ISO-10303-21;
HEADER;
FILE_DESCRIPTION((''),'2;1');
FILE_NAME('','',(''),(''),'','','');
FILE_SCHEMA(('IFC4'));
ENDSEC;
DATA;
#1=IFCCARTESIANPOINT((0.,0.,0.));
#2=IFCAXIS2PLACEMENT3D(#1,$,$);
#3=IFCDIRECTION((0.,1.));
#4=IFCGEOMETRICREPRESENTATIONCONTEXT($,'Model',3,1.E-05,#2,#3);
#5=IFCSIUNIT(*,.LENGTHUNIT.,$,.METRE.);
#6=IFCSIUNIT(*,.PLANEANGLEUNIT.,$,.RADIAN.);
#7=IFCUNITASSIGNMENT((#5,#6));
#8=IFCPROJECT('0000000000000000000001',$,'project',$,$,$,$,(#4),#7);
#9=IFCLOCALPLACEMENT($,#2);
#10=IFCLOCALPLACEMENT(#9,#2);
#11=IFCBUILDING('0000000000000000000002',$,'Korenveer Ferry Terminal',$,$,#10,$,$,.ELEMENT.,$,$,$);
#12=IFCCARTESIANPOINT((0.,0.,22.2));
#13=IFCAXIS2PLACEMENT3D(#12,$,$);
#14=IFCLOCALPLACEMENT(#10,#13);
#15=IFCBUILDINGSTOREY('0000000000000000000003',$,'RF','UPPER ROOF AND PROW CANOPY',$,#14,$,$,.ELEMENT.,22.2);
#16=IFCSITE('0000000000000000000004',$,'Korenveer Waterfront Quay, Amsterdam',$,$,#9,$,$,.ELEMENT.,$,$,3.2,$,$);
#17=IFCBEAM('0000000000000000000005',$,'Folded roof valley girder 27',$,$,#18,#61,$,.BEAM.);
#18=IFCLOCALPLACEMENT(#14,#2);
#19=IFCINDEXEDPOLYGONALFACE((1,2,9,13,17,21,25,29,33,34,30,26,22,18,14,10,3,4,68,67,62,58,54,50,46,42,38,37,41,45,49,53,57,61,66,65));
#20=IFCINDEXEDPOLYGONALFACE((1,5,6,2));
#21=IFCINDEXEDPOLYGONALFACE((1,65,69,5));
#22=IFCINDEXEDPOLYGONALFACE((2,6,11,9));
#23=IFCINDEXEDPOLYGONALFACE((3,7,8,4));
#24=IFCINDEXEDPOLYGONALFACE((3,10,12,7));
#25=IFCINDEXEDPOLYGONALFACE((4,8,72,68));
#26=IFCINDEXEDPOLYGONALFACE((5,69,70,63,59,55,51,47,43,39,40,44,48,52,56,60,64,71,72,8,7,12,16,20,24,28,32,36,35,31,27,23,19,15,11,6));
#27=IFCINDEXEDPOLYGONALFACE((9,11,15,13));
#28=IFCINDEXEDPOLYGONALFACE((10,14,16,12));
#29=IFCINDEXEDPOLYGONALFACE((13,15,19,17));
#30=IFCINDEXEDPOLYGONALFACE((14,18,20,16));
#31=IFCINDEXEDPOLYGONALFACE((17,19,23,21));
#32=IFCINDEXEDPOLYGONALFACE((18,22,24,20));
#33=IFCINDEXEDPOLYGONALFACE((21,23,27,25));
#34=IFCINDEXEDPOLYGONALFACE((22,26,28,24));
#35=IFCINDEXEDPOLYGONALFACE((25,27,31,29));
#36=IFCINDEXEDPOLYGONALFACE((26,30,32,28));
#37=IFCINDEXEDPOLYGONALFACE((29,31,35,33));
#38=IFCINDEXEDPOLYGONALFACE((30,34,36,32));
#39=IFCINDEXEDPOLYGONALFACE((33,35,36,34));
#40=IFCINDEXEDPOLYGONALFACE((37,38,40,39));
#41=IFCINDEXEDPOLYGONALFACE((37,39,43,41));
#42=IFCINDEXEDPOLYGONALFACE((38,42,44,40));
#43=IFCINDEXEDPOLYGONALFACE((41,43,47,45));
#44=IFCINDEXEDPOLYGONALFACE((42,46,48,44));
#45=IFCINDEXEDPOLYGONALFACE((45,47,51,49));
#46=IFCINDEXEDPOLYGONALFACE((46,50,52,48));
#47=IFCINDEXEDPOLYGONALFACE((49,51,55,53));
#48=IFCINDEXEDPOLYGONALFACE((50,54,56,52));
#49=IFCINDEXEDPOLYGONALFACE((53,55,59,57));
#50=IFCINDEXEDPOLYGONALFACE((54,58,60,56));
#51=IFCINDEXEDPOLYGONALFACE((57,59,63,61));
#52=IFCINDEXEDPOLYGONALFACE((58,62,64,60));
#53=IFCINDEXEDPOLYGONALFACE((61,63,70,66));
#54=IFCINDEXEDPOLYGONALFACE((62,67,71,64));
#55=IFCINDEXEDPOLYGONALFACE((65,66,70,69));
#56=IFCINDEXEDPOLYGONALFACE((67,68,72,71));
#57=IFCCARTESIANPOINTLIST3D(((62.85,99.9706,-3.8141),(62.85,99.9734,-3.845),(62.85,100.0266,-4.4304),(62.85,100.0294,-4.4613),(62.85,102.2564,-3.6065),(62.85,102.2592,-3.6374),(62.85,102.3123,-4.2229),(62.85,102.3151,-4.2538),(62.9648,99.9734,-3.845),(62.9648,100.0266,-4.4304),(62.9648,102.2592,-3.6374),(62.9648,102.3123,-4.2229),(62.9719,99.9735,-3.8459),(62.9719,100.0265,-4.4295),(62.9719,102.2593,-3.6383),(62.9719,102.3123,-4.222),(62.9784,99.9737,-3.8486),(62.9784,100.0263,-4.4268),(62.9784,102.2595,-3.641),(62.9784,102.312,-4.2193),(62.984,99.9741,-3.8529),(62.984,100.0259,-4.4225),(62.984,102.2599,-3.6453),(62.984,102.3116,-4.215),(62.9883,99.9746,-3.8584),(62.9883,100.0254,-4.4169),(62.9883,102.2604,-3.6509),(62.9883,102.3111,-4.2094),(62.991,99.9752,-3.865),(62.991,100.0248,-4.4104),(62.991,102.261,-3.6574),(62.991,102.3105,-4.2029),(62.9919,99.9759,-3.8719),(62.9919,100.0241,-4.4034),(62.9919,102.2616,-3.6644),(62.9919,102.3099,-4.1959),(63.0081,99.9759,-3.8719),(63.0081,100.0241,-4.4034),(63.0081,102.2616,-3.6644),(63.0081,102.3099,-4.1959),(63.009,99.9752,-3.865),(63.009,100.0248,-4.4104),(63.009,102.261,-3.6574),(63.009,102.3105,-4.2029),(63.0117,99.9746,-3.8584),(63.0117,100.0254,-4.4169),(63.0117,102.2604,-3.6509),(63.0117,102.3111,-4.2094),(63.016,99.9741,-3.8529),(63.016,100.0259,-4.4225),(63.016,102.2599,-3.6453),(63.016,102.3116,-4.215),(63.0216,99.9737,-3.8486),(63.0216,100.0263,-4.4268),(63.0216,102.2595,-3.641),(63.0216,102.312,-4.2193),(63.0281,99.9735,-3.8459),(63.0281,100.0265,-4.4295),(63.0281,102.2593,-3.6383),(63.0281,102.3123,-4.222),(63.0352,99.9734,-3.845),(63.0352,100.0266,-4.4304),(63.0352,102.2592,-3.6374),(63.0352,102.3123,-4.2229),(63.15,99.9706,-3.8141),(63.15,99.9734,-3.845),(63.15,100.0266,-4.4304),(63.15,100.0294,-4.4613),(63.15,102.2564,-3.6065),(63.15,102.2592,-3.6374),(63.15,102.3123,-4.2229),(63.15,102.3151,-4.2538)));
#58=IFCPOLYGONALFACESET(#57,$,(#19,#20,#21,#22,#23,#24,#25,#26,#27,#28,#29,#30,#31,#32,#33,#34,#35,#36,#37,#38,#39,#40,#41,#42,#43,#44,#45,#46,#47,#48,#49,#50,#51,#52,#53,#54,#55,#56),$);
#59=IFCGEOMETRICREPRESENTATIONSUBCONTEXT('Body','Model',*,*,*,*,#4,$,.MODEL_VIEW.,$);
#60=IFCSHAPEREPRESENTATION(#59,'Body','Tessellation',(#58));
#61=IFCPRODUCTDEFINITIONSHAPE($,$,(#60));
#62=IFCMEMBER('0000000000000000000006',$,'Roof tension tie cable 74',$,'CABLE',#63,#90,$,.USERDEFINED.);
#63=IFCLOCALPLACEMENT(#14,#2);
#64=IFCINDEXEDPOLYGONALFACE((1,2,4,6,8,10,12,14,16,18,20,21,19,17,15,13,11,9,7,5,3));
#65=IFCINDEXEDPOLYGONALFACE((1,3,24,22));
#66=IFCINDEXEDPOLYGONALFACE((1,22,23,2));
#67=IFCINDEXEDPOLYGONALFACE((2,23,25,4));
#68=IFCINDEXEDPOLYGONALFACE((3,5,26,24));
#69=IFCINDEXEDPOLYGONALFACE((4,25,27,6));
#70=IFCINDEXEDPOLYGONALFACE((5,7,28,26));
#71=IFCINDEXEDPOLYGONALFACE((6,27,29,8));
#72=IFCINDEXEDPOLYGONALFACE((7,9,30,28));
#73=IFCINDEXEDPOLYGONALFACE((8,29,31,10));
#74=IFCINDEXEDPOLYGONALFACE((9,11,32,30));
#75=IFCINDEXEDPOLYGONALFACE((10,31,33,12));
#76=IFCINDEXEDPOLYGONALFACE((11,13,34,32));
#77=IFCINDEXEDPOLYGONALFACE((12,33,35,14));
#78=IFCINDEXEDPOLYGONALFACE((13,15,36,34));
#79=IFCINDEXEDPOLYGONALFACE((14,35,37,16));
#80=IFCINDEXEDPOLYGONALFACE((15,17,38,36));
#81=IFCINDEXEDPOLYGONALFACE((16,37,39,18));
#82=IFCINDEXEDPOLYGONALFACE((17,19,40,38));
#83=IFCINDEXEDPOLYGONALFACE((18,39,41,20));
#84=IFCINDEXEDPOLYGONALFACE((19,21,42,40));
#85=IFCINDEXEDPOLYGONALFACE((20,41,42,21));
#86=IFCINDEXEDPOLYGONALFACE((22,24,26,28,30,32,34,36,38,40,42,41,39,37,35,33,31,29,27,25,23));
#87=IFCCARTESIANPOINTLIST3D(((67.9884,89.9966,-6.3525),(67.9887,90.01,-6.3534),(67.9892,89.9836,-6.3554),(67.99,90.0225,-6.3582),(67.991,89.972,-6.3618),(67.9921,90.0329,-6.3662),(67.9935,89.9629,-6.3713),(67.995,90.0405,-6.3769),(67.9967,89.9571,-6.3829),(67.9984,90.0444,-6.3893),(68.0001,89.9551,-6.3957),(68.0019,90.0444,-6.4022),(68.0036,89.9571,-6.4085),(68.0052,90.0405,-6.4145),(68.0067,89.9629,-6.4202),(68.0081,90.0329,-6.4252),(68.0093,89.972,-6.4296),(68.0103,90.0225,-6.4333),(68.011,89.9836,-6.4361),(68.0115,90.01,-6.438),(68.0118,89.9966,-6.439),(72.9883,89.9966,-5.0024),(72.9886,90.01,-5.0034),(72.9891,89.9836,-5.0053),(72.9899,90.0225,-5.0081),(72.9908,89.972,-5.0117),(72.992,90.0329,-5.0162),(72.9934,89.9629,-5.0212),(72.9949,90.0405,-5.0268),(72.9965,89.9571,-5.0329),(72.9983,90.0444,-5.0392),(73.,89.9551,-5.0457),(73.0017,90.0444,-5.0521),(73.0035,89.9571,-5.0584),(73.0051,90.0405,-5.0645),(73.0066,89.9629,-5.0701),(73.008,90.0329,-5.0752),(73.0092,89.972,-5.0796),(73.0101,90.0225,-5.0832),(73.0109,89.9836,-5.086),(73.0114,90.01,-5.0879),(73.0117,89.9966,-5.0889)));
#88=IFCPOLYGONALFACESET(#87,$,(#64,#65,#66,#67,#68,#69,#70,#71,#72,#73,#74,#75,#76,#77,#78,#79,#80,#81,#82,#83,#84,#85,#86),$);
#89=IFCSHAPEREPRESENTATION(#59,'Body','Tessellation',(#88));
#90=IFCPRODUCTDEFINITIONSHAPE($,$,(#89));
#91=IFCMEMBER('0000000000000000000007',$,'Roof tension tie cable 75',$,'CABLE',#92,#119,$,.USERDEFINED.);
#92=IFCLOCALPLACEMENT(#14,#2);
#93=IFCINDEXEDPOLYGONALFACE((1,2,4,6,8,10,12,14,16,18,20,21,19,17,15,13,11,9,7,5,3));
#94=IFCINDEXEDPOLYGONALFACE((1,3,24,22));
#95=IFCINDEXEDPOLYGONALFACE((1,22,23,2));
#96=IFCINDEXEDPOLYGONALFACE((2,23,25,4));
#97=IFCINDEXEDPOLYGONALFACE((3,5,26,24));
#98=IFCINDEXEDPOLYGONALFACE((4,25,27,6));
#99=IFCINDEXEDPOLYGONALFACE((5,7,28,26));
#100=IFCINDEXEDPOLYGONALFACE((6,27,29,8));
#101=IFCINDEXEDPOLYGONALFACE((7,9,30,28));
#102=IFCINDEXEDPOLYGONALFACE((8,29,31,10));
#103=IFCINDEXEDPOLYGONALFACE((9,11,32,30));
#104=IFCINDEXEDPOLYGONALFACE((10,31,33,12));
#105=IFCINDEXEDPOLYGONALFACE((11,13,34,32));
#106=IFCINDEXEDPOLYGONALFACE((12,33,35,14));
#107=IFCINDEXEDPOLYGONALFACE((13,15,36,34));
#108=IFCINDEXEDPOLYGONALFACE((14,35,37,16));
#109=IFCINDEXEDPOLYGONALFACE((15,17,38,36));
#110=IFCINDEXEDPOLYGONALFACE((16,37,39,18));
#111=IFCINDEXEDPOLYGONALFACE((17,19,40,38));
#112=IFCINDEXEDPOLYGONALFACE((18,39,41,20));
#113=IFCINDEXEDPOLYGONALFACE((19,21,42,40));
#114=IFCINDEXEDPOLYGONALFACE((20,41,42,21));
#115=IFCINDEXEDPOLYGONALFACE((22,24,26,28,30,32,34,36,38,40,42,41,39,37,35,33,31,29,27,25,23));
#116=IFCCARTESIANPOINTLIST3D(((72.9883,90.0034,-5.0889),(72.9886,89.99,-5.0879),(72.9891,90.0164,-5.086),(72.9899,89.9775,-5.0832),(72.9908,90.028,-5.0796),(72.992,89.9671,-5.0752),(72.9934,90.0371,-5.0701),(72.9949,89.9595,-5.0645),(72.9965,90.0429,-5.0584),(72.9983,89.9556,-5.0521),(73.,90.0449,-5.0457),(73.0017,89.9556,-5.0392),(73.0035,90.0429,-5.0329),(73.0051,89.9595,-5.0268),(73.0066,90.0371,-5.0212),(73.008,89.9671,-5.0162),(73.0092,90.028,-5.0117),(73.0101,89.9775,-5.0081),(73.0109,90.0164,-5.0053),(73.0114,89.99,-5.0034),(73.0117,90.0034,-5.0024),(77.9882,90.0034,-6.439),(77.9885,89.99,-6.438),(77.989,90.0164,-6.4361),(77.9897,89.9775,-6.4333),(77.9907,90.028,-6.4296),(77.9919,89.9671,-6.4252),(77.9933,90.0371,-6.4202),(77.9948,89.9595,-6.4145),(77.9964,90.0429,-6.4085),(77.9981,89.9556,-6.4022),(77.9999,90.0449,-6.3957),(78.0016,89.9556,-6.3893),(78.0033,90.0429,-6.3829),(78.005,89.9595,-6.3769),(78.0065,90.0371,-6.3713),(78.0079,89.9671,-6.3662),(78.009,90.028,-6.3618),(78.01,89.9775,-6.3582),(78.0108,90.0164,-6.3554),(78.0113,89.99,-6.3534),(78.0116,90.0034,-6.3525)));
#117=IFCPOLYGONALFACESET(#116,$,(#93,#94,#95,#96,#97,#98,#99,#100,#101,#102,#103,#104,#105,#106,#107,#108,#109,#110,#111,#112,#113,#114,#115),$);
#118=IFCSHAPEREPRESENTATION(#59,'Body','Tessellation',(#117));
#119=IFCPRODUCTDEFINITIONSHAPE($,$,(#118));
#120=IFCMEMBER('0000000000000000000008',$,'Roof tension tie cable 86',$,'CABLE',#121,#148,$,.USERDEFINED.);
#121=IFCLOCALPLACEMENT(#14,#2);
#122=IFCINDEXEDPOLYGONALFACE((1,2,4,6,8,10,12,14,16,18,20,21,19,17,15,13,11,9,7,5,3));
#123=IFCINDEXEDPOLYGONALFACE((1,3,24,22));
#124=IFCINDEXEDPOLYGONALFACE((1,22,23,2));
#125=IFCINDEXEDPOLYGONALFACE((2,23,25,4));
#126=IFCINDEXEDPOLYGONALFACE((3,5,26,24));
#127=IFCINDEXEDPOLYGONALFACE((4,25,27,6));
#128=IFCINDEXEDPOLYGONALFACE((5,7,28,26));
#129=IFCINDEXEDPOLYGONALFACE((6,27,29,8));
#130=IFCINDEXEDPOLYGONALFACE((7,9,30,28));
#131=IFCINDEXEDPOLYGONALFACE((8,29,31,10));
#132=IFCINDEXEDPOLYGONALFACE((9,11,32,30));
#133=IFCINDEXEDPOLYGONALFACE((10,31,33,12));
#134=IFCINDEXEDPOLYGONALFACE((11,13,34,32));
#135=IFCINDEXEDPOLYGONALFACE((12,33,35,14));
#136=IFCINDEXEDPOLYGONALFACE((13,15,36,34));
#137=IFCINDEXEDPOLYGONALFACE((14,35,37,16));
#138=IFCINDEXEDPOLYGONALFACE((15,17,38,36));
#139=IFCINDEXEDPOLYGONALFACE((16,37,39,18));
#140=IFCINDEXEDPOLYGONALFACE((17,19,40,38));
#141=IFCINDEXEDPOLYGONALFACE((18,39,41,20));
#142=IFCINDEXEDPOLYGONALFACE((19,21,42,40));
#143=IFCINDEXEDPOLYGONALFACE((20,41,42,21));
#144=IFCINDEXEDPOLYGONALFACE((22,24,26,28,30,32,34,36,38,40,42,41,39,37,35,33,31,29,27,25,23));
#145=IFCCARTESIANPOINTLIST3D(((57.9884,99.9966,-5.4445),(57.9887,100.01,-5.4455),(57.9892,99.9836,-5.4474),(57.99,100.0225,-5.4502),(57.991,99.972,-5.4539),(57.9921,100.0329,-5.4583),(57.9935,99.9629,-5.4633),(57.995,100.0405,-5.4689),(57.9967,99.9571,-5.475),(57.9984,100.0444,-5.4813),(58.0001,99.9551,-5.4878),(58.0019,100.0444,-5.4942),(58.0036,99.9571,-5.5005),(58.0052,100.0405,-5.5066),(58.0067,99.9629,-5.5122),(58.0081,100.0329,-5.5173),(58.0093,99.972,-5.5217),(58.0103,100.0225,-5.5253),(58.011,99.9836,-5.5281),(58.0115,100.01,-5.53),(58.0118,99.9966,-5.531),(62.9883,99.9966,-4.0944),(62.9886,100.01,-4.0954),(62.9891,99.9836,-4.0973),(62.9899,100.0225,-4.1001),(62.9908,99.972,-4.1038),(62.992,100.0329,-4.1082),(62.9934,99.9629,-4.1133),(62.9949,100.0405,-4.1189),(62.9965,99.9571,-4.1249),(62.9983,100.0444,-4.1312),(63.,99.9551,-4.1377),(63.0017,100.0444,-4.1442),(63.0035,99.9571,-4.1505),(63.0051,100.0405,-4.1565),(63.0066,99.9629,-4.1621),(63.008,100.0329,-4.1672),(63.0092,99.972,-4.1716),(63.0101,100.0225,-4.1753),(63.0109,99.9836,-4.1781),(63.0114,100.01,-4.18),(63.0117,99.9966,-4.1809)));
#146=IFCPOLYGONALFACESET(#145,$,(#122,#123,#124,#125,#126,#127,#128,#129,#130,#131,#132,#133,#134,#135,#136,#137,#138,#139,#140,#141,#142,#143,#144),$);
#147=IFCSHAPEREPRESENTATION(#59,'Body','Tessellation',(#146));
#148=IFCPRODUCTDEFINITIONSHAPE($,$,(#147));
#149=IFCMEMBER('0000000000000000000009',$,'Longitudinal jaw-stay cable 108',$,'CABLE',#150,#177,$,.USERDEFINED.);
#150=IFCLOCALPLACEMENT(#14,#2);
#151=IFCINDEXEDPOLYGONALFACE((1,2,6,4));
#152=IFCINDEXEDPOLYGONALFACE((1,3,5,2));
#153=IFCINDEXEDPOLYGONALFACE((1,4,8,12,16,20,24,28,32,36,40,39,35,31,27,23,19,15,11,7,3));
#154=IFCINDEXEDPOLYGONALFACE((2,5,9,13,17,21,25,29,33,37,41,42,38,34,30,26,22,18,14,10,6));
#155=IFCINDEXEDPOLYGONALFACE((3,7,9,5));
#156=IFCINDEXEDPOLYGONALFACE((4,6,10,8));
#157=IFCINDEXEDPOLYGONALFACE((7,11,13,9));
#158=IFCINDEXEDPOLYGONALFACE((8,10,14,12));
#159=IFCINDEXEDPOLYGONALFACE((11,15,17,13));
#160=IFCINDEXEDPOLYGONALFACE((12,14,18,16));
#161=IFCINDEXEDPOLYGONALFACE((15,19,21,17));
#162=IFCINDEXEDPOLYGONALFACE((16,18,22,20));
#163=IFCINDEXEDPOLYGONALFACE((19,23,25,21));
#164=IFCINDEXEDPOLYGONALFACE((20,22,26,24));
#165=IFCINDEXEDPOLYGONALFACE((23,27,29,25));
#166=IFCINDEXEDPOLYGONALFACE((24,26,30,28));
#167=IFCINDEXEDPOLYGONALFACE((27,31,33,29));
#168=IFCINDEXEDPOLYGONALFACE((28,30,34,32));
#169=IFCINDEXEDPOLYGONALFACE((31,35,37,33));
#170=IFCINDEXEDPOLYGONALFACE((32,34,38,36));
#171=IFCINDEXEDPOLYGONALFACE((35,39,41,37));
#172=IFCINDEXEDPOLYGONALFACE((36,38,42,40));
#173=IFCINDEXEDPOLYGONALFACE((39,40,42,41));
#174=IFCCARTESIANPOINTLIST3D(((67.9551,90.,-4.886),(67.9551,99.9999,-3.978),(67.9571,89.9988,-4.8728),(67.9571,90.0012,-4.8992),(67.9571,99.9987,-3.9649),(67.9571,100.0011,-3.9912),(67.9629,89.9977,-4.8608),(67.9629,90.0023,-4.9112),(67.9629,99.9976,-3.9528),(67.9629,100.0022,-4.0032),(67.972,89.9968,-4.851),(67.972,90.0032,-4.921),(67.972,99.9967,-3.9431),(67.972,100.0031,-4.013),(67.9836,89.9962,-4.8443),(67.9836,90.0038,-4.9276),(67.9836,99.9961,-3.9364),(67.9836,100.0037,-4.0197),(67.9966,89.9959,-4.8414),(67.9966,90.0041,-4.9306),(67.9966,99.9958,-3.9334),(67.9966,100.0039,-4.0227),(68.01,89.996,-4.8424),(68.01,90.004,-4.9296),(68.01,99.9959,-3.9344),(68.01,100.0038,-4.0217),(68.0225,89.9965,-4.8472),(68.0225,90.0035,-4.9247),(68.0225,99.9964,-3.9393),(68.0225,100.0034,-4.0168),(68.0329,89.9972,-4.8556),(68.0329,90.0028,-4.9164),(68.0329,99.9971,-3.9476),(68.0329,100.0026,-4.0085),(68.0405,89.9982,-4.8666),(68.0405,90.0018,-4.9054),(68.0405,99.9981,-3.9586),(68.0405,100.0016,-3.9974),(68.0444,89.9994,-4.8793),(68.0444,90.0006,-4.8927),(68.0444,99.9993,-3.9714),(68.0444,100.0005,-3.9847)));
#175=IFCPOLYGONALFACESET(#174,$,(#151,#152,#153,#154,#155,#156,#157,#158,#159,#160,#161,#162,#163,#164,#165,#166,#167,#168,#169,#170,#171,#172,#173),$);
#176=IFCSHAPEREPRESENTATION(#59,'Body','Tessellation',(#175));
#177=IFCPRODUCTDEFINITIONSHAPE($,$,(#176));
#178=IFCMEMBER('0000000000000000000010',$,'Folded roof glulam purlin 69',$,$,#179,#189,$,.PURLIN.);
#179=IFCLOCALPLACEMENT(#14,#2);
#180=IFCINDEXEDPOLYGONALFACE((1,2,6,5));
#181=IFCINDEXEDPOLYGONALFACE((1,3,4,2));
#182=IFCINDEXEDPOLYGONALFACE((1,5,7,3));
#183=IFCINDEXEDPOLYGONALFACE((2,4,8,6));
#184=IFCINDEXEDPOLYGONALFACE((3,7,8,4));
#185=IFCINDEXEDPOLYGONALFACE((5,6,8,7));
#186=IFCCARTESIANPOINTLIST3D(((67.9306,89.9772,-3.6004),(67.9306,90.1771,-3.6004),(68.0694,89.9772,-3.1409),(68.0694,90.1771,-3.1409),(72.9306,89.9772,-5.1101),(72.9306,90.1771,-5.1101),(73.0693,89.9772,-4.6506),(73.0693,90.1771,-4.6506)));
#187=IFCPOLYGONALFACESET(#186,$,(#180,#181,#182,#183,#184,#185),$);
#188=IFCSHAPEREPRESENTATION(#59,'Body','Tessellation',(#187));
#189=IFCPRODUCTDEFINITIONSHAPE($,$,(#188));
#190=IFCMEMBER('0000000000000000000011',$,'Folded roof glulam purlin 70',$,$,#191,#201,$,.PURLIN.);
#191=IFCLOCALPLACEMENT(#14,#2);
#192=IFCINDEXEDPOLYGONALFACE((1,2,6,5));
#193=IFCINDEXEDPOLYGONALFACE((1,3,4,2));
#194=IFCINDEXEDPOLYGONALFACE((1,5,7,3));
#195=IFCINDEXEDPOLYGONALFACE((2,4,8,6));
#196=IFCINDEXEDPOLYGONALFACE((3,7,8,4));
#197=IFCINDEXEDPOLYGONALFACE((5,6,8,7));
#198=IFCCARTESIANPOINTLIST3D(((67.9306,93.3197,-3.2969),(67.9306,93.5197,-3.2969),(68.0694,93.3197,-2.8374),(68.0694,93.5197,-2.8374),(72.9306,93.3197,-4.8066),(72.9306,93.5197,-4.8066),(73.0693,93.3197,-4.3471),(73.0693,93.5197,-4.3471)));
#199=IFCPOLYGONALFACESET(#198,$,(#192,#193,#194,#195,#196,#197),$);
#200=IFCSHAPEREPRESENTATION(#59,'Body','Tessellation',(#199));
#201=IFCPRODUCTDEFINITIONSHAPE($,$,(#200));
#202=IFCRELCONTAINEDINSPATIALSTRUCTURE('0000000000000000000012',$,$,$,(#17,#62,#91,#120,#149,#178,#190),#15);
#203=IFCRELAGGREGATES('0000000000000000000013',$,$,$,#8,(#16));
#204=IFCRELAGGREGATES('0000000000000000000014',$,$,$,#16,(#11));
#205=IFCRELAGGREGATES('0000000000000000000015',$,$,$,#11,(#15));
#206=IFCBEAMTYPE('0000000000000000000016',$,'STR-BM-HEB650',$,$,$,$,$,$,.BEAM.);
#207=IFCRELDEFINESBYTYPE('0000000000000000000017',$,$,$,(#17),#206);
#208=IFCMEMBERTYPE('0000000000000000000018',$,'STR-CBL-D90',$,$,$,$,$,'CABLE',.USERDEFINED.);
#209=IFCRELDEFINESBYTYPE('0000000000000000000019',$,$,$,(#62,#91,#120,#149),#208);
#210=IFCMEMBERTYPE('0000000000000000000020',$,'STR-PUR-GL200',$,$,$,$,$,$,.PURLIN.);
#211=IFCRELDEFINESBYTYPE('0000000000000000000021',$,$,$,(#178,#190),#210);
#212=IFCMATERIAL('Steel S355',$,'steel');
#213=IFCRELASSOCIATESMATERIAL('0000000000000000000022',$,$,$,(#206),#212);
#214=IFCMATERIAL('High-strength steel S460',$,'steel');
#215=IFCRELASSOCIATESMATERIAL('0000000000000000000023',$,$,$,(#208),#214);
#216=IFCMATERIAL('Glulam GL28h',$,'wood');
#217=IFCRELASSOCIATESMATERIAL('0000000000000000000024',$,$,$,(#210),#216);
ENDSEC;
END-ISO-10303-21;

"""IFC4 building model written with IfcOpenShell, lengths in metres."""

from ifc_helpers import new_model, si_unit, direction, frame, origin, origin_2d, place, context, subcontext, project, spatial, rectangle, circle, i_section, extrude, material, material_profile, profile_set, type_object, element, save


model = new_model("IFC4")

# Units and contexts
model_context = context("Model", 3, precision=1e-05, world=origin(), true_north=direction((0.0, 1.0)))
body_context = subcontext(model_context, "Body", "Model", "MODEL_VIEW")
ifc_project = project(units=[si_unit("LENGTHUNIT", "METRE"), si_unit("PLANEANGLEUNIT", "RADIAN")], contexts=[model_context])

# Site, building, storey
site_placement = place(None, origin())
site = spatial("IfcSite", under=ifc_project, at=site_placement, Name="Korenveer Waterfront Quay, Amsterdam", CompositionType="ELEMENT", RefElevation=3.2)
building_placement = place(site_placement, origin())
building = spatial("IfcBuilding", under=site, at=building_placement, Name="Korenveer Ferry Terminal", CompositionType="ELEMENT")
storey_placement = place(building_placement, frame((0.0, 0.0, 22.2)))
storey = spatial("IfcBuildingStorey", under=building, at=storey_placement, Name="RF", Description="UPPER ROOF AND PROW CANOPY", CompositionType="ELEMENT", Elevation=22.2)

# Beam
ifc_material_1 = material(Name="Steel S355", Category="steel")
ifc_material_profile_1 = material_profile(ifc_material_1, i_section(OverallWidth=0.3, OverallDepth=0.6499, WebThickness=0.0161, FlangeThickness=0.031, FilletRadius=0.0271, at=origin_2d()), Name="HEB 650")
ifc_profile_set_1 = profile_set([ifc_material_profile_1], Name="Steel S355")
beam_type_1 = type_object("IfcBeamType", Name="STR-BM-HEB650", PredefinedType="BEAM", material=ifc_profile_set_1)
beam_placement = place(storey_placement, frame((63.0, 100.0, -4.1377), z_axis=(0.0, 0.995904, 0.090421), x_axis=(-1.0, 0.0, 0.0)))
element("IfcBeam", 1, at=beam_placement, inside=storey, type_object=beam_type_1, Name="Folded roof valley girder 27", PredefinedType="BEAM", context=body_context, shape_type="SweptSolid", body=[
    extrude(i_section(OverallWidth=0.3, OverallDepth=0.6499, WebThickness=0.0161, FlangeThickness=0.031, FilletRadius=0.0271, at=origin_2d()), origin(), (0.0, 0.0, 1.0), 2.2952),
])

# Members
ifc_material_2 = material(Name="High-strength steel S460", Category="steel")
ifc_material_profile_2 = material_profile(ifc_material_2, circle(Radius=0.0449, at=origin_2d()), Name="ROD D90")
ifc_profile_set_2 = profile_set([ifc_material_profile_2], Name="High-strength steel S460")
member_type_1 = type_object("IfcMemberType", Name="STR-CBL-D90", ElementType="CABLE", PredefinedType="USERDEFINED", material=ifc_profile_set_2)
for number, where, z_axis, x_axis, name in (
    (2, (73.0, 90.0, -5.0457), (-0.965424, 0.0, -0.260683), (0.0, -1.0, 0.0), "Roof tension tie cable 74"),
    (3, (73.0, 90.0, -5.0457), (0.965424, 0.0, -0.260683), (0.0, 1.0, 0.0), "Roof tension tie cable 75"),
    (4, (63.0, 100.0, -4.1377), (-0.965424, 0.0, -0.260683), (0.0, -1.0, 0.0), "Roof tension tie cable 86"),
):
    element("IfcMember", number, at=place(storey_placement, frame(where, z_axis=z_axis, x_axis=x_axis)), inside=storey, type_object=member_type_1, Name=name, ObjectType="CABLE", PredefinedType="USERDEFINED", context=body_context, shape_type="SweptSolid", body=[
        extrude(circle(Radius=0.0449, at=origin_2d()), origin(), (0.0, 0.0, 1.0), 5.179),
    ])
member_1_placement = place(storey_placement, frame((68.0, 90.0, -4.886), z_axis=(0.0, 0.995903, 0.090424), x_axis=(-1.0, 0.0, 0.0)))
element("IfcMember", 5, at=member_1_placement, inside=storey, type_object=member_type_1, Name="Longitudinal jaw-stay cable 108", ObjectType="CABLE", PredefinedType="USERDEFINED", context=body_context, shape_type="SweptSolid", body=[
    extrude(circle(Radius=0.0449, at=origin_2d()), origin(), (0.0, 0.0, 1.0), 10.041),
])
ifc_material_3 = material(Name="Glulam GL28h", Category="wood")
ifc_material_profile_3 = material_profile(ifc_material_3, rectangle(XDim=0.2, YDim=0.48, at=origin_2d()), Name="GL 200x480")
ifc_profile_set_3 = profile_set([ifc_material_profile_3], Name="Glulam GL28h")
member_type_2 = type_object("IfcMemberType", Name="STR-PUR-GL200", PredefinedType="PURLIN", material=ifc_profile_set_3)
for number, where, z_axis, x_axis, name in (
    (6, (68.0, 90.0771, -3.3706), (0.95731, 0.0, -0.289063), (0.0, 1.0, 0.0), "Folded roof glulam purlin 69"),
    (7, (68.0, 93.4197, -3.0671), (0.95731, 0.0, -0.289063), (0.0, 1.0, 0.0), "Folded roof glulam purlin 70"),
):
    element("IfcMember", number, at=place(storey_placement, frame(where, z_axis=z_axis, x_axis=x_axis)), inside=storey, type_object=member_type_2, Name=name, PredefinedType="PURLIN", context=body_context, shape_type="SweptSolid", body=[
        extrude(rectangle(XDim=0.2, YDim=0.48, at=origin_2d()), origin(), (0.0, 0.0, 1.0), 5.2229),
    ])

save(model, "model.ifc")
